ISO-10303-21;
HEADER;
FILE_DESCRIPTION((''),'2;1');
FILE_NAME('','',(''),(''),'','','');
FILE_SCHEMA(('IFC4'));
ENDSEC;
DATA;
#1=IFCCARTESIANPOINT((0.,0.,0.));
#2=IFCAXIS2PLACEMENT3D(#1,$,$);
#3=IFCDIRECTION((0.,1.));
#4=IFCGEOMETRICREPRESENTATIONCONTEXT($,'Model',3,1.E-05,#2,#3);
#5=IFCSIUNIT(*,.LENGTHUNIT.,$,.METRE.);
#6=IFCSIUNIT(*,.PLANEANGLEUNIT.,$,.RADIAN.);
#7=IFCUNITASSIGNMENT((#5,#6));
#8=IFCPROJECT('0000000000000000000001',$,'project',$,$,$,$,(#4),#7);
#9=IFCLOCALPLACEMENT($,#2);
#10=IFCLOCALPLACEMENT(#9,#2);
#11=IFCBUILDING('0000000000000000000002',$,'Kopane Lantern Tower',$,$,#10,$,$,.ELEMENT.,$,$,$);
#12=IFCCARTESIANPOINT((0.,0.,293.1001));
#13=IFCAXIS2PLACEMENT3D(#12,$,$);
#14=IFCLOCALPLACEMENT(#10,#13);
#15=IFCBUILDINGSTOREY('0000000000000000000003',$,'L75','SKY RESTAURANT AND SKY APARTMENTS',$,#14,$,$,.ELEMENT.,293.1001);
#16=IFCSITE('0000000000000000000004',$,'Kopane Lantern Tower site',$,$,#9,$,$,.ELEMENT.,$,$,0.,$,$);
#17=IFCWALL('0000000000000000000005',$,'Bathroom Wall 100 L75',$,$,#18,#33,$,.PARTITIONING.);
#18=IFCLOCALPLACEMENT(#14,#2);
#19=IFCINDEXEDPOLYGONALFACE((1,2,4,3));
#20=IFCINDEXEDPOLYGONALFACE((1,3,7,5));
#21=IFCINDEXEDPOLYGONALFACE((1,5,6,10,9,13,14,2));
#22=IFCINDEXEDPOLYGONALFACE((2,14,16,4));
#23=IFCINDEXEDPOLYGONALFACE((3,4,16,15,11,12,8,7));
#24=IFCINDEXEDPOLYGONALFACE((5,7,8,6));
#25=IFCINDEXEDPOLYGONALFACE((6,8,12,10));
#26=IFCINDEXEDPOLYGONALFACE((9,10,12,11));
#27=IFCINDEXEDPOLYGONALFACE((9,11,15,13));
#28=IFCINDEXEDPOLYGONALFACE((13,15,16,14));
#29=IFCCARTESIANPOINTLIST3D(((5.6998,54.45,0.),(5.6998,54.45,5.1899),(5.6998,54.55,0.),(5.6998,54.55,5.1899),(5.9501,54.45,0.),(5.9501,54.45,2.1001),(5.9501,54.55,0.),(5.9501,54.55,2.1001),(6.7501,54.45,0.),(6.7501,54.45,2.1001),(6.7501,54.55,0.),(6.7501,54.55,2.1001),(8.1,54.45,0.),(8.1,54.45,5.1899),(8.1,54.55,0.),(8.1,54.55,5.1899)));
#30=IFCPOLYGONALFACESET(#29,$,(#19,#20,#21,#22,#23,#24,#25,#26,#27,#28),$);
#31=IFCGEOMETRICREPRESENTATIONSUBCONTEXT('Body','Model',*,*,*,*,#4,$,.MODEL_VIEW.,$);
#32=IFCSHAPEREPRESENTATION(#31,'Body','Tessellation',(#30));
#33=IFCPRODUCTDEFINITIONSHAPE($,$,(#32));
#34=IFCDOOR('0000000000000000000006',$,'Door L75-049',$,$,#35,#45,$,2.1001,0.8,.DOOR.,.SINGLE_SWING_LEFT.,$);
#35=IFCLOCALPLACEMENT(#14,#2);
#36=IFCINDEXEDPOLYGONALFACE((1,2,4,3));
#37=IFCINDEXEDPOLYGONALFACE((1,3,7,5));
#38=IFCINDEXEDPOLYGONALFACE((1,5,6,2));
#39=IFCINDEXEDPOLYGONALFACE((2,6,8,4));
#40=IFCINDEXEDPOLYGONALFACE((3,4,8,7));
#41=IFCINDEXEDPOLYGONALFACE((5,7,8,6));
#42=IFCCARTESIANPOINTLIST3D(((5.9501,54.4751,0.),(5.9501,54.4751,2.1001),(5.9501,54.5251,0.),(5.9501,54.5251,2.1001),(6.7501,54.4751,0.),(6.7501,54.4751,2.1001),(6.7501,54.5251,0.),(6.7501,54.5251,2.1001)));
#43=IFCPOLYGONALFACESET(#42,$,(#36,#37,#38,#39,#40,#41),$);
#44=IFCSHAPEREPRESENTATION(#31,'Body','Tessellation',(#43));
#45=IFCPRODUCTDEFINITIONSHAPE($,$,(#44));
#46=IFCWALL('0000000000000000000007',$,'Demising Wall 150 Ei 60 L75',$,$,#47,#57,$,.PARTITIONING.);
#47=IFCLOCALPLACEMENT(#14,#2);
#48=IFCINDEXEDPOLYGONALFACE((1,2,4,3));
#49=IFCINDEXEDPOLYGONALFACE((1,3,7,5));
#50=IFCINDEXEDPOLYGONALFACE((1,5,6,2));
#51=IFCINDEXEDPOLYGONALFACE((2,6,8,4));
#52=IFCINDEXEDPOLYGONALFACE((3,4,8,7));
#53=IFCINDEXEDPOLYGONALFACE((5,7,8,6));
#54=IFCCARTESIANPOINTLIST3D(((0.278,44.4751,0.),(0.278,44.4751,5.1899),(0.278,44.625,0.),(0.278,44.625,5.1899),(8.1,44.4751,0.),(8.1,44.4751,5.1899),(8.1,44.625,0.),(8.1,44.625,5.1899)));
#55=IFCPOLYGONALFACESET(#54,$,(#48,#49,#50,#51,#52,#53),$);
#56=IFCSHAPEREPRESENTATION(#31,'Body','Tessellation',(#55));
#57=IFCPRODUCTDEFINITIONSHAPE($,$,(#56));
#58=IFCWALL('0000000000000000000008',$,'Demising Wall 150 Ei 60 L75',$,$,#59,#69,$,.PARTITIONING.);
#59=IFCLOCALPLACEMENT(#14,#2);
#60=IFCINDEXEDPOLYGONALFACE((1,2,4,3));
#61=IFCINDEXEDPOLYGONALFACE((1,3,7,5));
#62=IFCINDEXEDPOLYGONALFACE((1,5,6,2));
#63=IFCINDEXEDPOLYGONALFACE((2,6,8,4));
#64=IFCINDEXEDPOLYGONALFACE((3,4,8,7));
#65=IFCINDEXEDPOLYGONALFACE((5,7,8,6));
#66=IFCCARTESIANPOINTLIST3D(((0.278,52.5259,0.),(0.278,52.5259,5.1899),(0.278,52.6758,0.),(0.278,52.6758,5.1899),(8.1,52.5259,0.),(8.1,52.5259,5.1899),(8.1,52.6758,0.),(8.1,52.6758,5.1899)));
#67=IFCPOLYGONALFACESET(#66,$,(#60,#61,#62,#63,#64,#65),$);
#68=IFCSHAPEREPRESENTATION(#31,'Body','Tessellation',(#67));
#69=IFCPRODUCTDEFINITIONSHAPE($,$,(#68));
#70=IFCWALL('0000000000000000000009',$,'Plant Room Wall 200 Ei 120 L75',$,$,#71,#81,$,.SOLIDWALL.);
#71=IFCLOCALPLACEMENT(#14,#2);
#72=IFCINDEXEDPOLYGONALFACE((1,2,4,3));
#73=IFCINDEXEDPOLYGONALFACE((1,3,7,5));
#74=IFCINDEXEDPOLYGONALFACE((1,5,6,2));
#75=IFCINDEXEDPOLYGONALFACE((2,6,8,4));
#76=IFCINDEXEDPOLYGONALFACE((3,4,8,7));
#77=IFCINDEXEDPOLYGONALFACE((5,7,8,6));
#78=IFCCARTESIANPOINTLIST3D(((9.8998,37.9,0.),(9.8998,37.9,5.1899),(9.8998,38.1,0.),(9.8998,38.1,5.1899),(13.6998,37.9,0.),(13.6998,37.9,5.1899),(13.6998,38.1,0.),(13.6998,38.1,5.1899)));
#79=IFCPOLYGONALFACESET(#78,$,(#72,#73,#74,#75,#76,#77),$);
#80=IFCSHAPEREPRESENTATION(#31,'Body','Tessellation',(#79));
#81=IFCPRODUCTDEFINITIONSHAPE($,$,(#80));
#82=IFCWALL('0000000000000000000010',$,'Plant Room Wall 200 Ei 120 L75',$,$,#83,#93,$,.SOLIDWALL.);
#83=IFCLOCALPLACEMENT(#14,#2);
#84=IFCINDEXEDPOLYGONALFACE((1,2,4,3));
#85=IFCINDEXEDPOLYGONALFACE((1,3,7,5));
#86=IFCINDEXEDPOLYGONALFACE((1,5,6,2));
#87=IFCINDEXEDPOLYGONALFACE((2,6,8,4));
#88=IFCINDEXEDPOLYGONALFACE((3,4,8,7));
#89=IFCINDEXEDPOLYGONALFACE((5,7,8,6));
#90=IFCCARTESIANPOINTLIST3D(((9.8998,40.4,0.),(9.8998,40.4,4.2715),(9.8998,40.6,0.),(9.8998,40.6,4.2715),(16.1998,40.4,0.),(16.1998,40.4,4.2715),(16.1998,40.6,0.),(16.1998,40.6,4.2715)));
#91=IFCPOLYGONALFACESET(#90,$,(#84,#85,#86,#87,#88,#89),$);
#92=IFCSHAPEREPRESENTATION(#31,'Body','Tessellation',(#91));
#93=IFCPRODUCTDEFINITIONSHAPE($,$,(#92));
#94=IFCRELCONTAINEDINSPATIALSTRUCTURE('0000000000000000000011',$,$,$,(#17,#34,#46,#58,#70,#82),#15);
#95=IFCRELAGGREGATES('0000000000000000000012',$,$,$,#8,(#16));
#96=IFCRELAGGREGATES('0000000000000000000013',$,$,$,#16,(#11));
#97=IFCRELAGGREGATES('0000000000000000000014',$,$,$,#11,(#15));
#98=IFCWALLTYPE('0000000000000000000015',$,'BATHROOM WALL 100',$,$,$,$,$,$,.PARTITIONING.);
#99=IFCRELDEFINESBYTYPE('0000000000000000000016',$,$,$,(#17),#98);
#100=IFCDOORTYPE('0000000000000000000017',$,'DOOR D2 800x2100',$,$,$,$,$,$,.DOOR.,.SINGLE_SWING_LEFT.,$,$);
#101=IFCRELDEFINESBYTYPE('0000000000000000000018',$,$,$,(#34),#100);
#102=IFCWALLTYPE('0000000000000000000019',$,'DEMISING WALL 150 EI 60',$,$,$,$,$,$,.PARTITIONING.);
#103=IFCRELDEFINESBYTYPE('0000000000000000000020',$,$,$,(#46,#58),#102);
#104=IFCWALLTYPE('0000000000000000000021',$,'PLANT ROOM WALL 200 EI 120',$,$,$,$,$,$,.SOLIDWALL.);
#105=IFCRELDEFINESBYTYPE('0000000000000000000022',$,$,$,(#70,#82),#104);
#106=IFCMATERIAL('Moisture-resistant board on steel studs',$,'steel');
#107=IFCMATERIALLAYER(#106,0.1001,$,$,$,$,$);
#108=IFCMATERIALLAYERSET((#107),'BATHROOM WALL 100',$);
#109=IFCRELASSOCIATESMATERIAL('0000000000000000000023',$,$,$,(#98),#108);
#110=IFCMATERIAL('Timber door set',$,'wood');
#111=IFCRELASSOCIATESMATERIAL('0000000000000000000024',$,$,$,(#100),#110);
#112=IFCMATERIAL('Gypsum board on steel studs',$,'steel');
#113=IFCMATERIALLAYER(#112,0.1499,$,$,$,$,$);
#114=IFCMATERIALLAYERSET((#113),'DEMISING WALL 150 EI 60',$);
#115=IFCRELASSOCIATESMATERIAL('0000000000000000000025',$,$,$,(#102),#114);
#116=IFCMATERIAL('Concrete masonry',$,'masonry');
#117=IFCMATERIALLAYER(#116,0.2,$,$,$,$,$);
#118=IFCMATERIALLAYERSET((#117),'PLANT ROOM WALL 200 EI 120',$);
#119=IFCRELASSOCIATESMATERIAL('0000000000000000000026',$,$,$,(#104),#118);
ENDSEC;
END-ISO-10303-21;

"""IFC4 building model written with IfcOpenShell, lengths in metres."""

from ifc_helpers import new_model, si_unit, direction, frame, frame_2d, origin, place, context, subcontext, project, spatial, rectangle, extrude, material, layer, layer_set, type_object, element, fill, save


model = new_model("IFC4")

# Units and contexts
model_context = context("Model", 3, precision=1e-05, world=origin(), true_north=direction((0.0, 1.0)))
body_context = subcontext(model_context, "Body", "Model", "MODEL_VIEW")
ifc_project = project(units=[si_unit("LENGTHUNIT", "METRE"), si_unit("PLANEANGLEUNIT", "RADIAN")], contexts=[model_context])

# Site, building, storey
site_placement = place(None, origin())
site = spatial("IfcSite", under=ifc_project, at=site_placement, Name="Kopane Lantern Tower site", CompositionType="ELEMENT", RefElevation=0.0)
building_placement = place(site_placement, origin())
building = spatial("IfcBuilding", under=site, at=building_placement, Name="Kopane Lantern Tower", CompositionType="ELEMENT")
storey_placement = place(building_placement, frame((0.0, 0.0, 293.1001)))
storey = spatial("IfcBuildingStorey", under=building, at=storey_placement, Name="L75", Description="SKY RESTAURANT AND SKY APARTMENTS", CompositionType="ELEMENT", Elevation=293.1001)

# Shared definitions
ifc_material_1 = material(Name="Moisture-resistant board on steel studs", Category="steel")
ifc_layer_1 = layer(ifc_material_1, 0.1001)
ifc_layer_set_1 = layer_set([ifc_layer_1], Name="BATHROOM WALL 100")
wall_type_1 = type_object("IfcWallType", Name="BATHROOM WALL 100", PredefinedType="PARTITIONING", material=ifc_layer_set_1)
ifc_material_2 = material(Name="Timber door set", Category="wood")
door_type = type_object("IfcDoorType", Name="DOOR D2 800x2100", OperationType="SINGLE_SWING_LEFT", PredefinedType="DOOR", material=ifc_material_2)

# Wall, opening, door
wall_1_placement = place(storey_placement, frame((8.1001, 54.5, 0.0), z_axis=(0.0, 0.0, 1.0), x_axis=(-1.0, 0.0, 0.0)))
wall_1 = element("IfcWall", 1, at=wall_1_placement, inside=storey, type_object=wall_type_1, Name="Bathroom Wall 100 L75", PredefinedType="PARTITIONING", context=body_context, shape_type="SweptSolid", body=[
    extrude(rectangle(XDim=2.4001, YDim=0.1001, at=frame_2d((1.2002, 0.0))), origin(), (0.0, 0.0, 1.0), 5.1899),
])
opening_1_placement = place(wall_1_placement, frame((1.3501, 0.0, 0.0)))
opening_1 = element("IfcOpeningElement", 2, at=opening_1_placement, cuts=wall_1, PredefinedType="OPENING", context=body_context, shape_type="SweptSolid", body=[
    extrude(rectangle(XDim=0.8, YDim=2.1001, at=frame_2d((0.3999, 1.05))), frame((0.0, 0.0601, 0.0), z_axis=(0.0, -1.0, 0.0), x_axis=(1.0, 0.0, 0.0)), (0.0, 0.0, 1.0), 0.1201),
])
door_1_placement = place(opening_1_placement, origin())
door_1 = element("IfcDoor", 3, at=door_1_placement, inside=storey, type_object=door_type, Name="Door L75-049", OperationType="SINGLE_SWING_LEFT", OverallHeight=2.1001, OverallWidth=0.8, PredefinedType="DOOR", context=body_context, shape_type="SweptSolid", body=[
    extrude(rectangle(XDim=0.8, YDim=2.1001, at=frame_2d((0.3999, 1.05))), frame((0.0, 0.0249, 0.0), z_axis=(0.0, -1.0, 0.0), x_axis=(1.0, 0.0, 0.0)), (0.0, 0.0, 1.0), 0.05),
])
fill(opening_1, door_1)

# Walls
ifc_material_3 = material(Name="Gypsum board on steel studs", Category="steel")
ifc_layer_2 = layer(ifc_material_3, 0.1499)
ifc_layer_set_2 = layer_set([ifc_layer_2], Name="DEMISING WALL 150 EI 60")
wall_type_2 = type_object("IfcWallType", Name="DEMISING WALL 150 EI 60", PredefinedType="PARTITIONING", material=ifc_layer_set_2)
for number, where, z_axis, x_axis, name in (
    (4, (8.1001, 44.55, 0.0), (0.0, 0.0, 1.0), (-1.0, 0.0, 0.0), "Demising Wall 150 Ei 60 L75"),
    (5, (8.1001, 52.6008, 0.0), (0.0, 0.0, 1.0), (-1.0, 0.0, 0.0), "Demising Wall 150 Ei 60 L75"),
):
    element("IfcWall", number, at=place(storey_placement, frame(where, z_axis=z_axis, x_axis=x_axis)), inside=storey, type_object=wall_type_2, Name=name, PredefinedType="PARTITIONING", context=body_context, shape_type="SweptSolid", body=[
        extrude(rectangle(XDim=7.822, YDim=0.1499, at=frame_2d((3.9111, 0.0))), origin(), (0.0, 0.0, 1.0), 5.1899),
    ])
ifc_material_4 = material(Name="Concrete masonry", Category="masonry")
ifc_layer_3 = layer(ifc_material_4, 0.2)
ifc_layer_set_3 = layer_set([ifc_layer_3], Name="PLANT ROOM WALL 200 EI 120")
wall_type_3 = type_object("IfcWallType", Name="PLANT ROOM WALL 200 EI 120", PredefinedType="SOLIDWALL", material=ifc_layer_set_3)
wall_2_placement = place(storey_placement, frame((9.8999, 38.0, 0.0), z_axis=(0.0, 0.0, 1.0), x_axis=(1.0, 0.0, 0.0)))
element("IfcWall", 6, at=wall_2_placement, inside=storey, type_object=wall_type_3, Name="Plant Room Wall 200 Ei 120 L75", PredefinedType="SOLIDWALL", context=body_context, shape_type="SweptSolid", body=[
    extrude(rectangle(XDim=3.8, YDim=0.2, at=frame_2d((1.8999, 0.0))), origin(), (0.0, 0.0, 1.0), 5.1899),
])
wall_3_placement = place(storey_placement, frame((9.8999, 40.5, 0.0), z_axis=(0.0, 0.0, 1.0), x_axis=(1.0, 0.0, 0.0)))
element("IfcWall", 7, at=wall_3_placement, inside=storey, type_object=wall_type_3, Name="Plant Room Wall 200 Ei 120 L75", PredefinedType="SOLIDWALL", context=body_context, shape_type="SweptSolid", body=[
    extrude(rectangle(XDim=6.3, YDim=0.2, at=frame_2d((3.1499, 0.0))), origin(), (0.0, 0.0, 1.0), 4.2715),
])

save(model, "model.ifc")
